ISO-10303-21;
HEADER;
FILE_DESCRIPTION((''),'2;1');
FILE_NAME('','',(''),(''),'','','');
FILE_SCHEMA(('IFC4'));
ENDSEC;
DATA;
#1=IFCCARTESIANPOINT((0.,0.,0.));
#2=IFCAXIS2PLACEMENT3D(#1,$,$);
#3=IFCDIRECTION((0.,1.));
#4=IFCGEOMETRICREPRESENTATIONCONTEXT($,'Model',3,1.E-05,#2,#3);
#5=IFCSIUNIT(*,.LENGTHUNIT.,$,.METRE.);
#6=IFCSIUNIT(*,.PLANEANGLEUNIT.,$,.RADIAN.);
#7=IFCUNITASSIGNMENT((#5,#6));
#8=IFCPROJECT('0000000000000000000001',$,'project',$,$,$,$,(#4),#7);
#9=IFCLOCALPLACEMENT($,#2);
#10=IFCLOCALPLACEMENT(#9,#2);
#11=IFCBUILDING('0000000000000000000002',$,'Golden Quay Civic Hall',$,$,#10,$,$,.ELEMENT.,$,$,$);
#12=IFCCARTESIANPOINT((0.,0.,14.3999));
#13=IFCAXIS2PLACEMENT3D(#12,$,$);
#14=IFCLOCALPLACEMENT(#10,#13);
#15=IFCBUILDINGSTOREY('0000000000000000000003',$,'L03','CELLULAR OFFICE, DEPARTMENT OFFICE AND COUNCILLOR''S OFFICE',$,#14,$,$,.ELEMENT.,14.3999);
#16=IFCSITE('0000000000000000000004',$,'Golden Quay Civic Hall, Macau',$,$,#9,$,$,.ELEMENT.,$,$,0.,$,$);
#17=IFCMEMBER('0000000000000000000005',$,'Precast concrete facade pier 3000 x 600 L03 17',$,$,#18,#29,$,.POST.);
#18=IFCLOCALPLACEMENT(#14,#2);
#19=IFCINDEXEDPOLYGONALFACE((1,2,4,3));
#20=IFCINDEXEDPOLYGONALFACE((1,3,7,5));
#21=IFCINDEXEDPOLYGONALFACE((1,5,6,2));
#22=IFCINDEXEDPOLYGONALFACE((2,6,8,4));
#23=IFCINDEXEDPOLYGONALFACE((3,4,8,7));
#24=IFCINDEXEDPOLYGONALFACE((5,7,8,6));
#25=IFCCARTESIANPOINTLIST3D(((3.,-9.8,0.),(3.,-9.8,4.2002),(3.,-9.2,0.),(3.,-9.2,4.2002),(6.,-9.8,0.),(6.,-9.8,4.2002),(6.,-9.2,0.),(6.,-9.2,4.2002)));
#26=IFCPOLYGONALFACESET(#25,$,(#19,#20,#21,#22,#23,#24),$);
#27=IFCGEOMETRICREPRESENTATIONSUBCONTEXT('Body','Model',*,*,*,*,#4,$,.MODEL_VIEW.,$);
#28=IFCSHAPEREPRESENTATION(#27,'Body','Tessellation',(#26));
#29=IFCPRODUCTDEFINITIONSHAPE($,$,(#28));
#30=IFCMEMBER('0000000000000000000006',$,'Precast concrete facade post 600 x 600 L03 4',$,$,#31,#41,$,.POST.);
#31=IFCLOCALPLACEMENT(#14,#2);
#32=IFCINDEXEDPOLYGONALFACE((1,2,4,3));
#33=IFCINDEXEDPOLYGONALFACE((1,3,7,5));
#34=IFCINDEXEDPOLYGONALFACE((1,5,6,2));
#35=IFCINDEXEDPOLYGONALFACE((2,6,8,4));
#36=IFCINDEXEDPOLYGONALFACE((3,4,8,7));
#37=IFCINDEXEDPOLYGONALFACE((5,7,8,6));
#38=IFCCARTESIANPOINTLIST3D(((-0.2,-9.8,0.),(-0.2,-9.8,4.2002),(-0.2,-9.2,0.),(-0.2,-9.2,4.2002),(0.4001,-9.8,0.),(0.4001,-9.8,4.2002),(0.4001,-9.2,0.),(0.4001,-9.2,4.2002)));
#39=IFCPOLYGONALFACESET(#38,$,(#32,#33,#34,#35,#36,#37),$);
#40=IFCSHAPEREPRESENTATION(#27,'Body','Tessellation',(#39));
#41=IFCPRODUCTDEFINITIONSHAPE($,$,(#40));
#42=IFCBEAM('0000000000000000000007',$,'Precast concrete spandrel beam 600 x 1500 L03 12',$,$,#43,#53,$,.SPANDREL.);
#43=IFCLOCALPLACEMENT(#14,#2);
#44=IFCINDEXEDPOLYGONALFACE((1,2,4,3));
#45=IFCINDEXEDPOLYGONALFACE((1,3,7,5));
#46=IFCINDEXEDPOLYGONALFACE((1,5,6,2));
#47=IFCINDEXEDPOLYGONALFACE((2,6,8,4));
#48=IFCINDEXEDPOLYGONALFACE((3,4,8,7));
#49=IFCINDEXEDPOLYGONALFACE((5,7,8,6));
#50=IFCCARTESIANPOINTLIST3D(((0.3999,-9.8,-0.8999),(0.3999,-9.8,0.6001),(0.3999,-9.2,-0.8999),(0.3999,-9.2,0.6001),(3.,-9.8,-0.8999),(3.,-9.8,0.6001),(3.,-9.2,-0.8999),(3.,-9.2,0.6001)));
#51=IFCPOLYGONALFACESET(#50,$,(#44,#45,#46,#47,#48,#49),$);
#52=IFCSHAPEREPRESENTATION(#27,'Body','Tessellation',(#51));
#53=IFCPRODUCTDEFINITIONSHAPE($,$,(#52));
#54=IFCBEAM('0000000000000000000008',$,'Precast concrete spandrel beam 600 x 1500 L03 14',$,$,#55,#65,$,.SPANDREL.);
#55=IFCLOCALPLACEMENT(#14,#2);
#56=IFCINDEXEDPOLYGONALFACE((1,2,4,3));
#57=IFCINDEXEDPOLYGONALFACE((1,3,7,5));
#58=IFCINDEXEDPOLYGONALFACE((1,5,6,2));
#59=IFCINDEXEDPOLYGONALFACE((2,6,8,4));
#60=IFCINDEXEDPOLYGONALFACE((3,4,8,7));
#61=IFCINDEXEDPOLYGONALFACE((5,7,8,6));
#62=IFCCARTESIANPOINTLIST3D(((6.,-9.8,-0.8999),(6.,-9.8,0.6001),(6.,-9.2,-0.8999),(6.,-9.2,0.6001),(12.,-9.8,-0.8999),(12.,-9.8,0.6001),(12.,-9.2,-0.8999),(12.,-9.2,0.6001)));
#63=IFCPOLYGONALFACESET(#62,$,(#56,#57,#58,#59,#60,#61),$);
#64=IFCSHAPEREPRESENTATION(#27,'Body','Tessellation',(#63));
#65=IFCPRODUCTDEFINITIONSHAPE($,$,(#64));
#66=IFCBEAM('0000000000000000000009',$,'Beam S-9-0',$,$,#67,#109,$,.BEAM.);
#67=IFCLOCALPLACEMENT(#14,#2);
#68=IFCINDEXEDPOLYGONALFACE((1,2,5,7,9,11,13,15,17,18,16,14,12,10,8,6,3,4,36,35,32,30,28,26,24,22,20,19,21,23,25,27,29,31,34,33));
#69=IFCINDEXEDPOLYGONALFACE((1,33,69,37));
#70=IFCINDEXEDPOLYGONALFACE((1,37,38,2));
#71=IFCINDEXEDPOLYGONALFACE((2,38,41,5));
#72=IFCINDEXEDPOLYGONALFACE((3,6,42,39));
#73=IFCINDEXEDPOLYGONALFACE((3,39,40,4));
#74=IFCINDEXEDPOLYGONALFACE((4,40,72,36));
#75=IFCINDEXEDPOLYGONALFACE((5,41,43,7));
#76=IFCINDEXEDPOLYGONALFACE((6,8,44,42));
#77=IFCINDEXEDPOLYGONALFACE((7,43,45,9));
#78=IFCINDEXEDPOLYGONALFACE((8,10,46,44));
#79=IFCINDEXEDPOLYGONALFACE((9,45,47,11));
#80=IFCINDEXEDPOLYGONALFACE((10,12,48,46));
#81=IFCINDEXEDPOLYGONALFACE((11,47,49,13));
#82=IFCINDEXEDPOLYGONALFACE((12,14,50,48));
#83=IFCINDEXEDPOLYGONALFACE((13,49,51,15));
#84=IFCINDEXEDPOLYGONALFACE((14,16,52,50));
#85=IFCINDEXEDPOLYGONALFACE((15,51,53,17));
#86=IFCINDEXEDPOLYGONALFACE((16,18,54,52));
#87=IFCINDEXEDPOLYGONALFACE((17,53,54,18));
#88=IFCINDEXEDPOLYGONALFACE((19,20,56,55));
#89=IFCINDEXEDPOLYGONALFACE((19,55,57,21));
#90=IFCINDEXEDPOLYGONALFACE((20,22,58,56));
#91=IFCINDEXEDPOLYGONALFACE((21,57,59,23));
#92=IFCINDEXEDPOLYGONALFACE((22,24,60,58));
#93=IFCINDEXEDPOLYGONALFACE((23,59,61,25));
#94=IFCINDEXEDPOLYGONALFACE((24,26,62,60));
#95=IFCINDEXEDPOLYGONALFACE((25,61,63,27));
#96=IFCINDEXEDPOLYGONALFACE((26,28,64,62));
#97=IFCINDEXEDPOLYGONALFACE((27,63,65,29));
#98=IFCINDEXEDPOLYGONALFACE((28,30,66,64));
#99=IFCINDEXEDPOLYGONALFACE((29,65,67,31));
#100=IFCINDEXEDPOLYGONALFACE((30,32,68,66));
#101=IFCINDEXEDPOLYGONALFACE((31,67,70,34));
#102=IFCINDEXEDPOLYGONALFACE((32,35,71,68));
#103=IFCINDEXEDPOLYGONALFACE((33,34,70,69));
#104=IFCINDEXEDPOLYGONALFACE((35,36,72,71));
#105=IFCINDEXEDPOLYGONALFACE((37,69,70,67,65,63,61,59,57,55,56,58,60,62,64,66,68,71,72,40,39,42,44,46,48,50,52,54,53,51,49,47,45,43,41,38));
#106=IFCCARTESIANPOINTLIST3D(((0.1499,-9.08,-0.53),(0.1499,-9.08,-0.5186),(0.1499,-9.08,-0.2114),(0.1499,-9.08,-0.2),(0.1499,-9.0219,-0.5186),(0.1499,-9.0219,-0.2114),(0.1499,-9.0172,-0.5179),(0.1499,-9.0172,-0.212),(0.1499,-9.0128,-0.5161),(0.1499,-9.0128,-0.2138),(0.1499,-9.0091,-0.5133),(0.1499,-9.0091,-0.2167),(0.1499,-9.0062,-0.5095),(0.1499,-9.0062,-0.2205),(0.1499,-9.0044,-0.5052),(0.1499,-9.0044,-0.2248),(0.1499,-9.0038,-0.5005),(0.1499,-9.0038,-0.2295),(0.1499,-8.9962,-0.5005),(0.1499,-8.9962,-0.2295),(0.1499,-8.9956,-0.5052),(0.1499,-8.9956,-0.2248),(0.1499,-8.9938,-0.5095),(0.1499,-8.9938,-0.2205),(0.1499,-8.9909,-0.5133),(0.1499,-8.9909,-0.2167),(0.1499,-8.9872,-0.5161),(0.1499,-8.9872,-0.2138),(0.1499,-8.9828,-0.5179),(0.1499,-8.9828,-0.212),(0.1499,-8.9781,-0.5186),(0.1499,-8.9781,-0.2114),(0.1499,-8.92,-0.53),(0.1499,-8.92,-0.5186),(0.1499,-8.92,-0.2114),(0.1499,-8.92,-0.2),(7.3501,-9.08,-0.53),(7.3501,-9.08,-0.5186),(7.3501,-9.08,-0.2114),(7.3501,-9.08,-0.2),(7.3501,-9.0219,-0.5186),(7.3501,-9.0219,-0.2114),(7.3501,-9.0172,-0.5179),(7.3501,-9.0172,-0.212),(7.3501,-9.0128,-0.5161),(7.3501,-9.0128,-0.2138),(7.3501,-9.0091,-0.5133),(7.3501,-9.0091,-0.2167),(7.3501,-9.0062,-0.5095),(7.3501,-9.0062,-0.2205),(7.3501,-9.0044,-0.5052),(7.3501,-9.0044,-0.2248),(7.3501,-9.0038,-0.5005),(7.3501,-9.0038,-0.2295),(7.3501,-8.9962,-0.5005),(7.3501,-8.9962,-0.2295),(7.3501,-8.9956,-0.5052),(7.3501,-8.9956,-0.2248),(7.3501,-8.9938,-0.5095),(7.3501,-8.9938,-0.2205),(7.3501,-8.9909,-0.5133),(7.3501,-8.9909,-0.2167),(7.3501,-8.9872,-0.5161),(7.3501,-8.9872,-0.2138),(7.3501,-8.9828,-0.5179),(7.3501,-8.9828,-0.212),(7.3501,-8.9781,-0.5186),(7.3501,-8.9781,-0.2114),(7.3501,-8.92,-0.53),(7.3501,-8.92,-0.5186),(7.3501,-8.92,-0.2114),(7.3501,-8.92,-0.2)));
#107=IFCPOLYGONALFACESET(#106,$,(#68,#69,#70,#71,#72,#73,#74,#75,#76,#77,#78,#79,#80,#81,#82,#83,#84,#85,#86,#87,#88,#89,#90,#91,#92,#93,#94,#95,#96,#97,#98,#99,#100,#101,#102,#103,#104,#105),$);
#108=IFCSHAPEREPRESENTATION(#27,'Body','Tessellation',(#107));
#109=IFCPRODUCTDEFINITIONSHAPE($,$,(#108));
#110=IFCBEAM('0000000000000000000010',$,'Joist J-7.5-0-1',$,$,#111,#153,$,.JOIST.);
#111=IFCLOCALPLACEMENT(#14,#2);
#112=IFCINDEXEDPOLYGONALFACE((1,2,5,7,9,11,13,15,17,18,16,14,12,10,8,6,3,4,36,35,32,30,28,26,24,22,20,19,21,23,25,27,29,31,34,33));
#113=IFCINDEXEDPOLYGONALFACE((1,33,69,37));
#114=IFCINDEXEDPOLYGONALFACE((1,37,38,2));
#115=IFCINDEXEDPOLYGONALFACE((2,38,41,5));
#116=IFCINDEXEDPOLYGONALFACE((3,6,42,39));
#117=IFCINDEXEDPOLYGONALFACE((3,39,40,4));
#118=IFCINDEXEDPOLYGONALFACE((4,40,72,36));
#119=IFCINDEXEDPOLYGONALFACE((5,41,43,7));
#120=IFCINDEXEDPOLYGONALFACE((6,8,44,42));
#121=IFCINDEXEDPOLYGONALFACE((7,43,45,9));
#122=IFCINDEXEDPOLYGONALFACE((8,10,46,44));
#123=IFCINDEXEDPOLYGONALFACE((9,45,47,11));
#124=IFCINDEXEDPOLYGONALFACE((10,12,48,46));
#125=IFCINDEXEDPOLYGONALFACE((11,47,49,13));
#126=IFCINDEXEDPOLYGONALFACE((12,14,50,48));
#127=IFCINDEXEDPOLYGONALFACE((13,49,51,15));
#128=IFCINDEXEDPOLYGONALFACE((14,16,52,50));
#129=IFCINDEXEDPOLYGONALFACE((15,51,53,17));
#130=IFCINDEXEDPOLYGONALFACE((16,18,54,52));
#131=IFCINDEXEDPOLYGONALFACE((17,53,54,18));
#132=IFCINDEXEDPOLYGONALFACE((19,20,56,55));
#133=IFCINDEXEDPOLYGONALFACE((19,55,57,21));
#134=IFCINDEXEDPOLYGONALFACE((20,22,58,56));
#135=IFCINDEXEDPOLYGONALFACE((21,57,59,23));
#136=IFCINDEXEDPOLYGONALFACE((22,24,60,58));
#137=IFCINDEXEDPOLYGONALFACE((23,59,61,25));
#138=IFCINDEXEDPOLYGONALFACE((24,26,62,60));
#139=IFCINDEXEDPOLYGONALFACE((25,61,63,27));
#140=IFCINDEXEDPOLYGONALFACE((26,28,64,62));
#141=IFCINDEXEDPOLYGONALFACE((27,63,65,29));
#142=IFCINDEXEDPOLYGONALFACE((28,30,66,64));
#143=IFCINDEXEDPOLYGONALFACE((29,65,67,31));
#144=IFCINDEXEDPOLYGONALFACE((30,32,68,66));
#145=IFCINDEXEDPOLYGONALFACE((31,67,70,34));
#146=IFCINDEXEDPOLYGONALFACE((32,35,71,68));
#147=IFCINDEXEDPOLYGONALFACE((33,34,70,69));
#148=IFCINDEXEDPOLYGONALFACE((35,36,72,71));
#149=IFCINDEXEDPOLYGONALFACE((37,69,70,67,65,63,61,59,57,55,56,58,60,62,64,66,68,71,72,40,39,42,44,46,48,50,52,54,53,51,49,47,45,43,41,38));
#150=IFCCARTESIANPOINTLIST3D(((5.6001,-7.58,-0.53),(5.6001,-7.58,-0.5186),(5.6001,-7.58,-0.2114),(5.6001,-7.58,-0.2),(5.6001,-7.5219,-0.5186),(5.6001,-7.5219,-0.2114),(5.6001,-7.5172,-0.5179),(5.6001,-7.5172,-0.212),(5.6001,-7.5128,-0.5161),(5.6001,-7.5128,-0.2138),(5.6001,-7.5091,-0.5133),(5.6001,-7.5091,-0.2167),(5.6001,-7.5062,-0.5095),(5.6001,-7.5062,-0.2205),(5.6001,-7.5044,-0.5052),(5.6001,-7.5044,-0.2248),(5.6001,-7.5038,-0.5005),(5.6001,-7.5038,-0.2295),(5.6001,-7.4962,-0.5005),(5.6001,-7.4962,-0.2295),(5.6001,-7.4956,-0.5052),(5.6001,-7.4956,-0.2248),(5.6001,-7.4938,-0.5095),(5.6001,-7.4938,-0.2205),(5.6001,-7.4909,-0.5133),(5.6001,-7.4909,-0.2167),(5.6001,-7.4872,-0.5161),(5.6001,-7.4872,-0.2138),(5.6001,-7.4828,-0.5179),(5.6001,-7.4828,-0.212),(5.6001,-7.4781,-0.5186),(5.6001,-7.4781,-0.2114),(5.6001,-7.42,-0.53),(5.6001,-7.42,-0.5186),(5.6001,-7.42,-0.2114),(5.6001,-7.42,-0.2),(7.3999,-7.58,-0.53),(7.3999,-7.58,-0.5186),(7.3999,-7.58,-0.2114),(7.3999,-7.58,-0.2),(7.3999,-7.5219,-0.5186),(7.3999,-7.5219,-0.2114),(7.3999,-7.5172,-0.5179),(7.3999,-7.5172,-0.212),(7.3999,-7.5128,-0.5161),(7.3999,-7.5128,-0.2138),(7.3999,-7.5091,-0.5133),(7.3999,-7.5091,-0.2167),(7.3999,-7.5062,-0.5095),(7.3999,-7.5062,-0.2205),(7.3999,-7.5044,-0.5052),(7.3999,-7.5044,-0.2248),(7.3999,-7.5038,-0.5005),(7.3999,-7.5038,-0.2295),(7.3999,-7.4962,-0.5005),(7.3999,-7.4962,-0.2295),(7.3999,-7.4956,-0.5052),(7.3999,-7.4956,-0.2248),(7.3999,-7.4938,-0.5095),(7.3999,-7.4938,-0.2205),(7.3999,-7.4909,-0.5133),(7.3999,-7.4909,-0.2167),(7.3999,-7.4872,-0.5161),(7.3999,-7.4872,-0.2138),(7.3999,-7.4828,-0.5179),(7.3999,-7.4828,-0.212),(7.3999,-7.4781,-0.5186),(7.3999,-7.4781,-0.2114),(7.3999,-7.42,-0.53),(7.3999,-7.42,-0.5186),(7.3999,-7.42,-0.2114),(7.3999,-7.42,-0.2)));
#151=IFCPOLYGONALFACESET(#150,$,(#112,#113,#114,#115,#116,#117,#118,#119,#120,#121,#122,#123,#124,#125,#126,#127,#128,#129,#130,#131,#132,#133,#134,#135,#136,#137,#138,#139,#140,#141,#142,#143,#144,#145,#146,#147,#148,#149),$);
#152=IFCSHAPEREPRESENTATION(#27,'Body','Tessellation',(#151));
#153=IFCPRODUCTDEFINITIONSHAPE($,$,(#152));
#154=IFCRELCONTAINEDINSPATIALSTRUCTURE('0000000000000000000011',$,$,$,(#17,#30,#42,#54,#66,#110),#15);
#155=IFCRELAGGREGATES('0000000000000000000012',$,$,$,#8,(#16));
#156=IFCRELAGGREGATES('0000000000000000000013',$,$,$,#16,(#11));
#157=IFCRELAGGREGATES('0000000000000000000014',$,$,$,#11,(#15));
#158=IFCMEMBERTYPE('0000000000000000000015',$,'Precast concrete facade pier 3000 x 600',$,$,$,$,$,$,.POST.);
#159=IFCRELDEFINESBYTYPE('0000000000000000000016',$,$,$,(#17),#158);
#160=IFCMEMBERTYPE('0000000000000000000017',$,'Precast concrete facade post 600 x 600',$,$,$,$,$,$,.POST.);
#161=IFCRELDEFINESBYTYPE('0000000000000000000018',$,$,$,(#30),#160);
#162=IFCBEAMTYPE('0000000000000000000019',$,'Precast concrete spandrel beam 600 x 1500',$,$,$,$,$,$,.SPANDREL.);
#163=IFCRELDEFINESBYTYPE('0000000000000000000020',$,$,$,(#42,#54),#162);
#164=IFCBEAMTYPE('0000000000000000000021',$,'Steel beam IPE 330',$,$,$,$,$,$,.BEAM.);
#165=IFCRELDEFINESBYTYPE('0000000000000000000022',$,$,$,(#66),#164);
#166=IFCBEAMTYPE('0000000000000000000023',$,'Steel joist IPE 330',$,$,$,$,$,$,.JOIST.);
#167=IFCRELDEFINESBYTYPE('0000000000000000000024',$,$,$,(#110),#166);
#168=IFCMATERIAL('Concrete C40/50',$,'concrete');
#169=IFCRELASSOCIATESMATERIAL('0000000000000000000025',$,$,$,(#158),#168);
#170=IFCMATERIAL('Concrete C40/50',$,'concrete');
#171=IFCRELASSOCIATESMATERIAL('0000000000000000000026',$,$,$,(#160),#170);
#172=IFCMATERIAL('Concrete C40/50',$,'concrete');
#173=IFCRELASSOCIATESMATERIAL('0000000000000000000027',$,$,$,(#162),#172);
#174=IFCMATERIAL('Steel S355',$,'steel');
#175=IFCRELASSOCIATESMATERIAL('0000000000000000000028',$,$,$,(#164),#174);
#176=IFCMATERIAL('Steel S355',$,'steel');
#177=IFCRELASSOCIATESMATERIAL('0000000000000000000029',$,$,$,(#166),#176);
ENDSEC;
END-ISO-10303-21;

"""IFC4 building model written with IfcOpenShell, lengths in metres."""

from ifc_helpers import new_model, si_unit, direction, frame, origin, origin_2d, place, context, subcontext, project, spatial, rectangle, i_section, extrude, material, material_profile, profile_set, type_object, element, save


model = new_model("IFC4")

# Units and contexts
model_context = context("Model", 3, precision=1e-05, world=origin(), true_north=direction((0.0, 1.0)))
body_context = subcontext(model_context, "Body", "Model", "MODEL_VIEW")
ifc_project = project(units=[si_unit("LENGTHUNIT", "METRE"), si_unit("PLANEANGLEUNIT", "RADIAN")], contexts=[model_context])

# Site, building, storey
site_placement = place(None, origin())
site = spatial("IfcSite", under=ifc_project, at=site_placement, Name="Golden Quay Civic Hall, Macau", CompositionType="ELEMENT", RefElevation=0.0)
building_placement = place(site_placement, origin())
building = spatial("IfcBuilding", under=site, at=building_placement, Name="Golden Quay Civic Hall", CompositionType="ELEMENT")
storey_placement = place(building_placement, frame((0.0, 0.0, 14.3999)))
storey = spatial("IfcBuildingStorey", under=building, at=storey_placement, Name="L03", Description="CELLULAR OFFICE, DEPARTMENT OFFICE AND COUNCILLOR'S OFFICE", CompositionType="ELEMENT", Elevation=14.3999)

# Members
ifc_material_1 = material(Name="Concrete C40/50", Category="concrete")
ifc_material_profile_1 = material_profile(ifc_material_1, rectangle(XDim=3.0, YDim=0.6001, at=origin_2d()), Name="RC 3000x600")
ifc_profile_set_1 = profile_set([ifc_material_profile_1], Name="Concrete C40/50")
member_type_1 = type_object("IfcMemberType", Name="Precast concrete facade pier 3000 x 600", PredefinedType="POST", material=ifc_profile_set_1)
member_1_placement = place(storey_placement, frame((4.5, -9.5, 0.0), z_axis=(0.0, 0.0, 1.0), x_axis=(1.0, 0.0, 0.0)))
element("IfcMember", 1, at=member_1_placement, inside=storey, type_object=member_type_1, Name="Precast concrete facade pier 3000 x 600 L03 17", PredefinedType="POST", context=body_context, shape_type="SweptSolid", body=[
    extrude(rectangle(XDim=3.0, YDim=0.6001, at=origin_2d()), origin(), (0.0, 0.0, 1.0), 4.2002),
])
ifc_material_2 = material(Name="Concrete C40/50", Category="concrete")
ifc_material_profile_2 = material_profile(ifc_material_2, rectangle(XDim=0.6001, YDim=0.6001, at=origin_2d()), Name="RC 600x600")
ifc_profile_set_2 = profile_set([ifc_material_profile_2], Name="Concrete C40/50")
member_type_2 = type_object("IfcMemberType", Name="Precast concrete facade post 600 x 600", PredefinedType="POST", material=ifc_profile_set_2)
member_2_placement = place(storey_placement, frame((0.1001, -9.5, 0.0), z_axis=(0.0, 0.0, 1.0), x_axis=(1.0, 0.0, 0.0)))
element("IfcMember", 2, at=member_2_placement, inside=storey, type_object=member_type_2, Name="Precast concrete facade post 600 x 600 L03 4", PredefinedType="POST", context=body_context, shape_type="SweptSolid", body=[
    extrude(rectangle(XDim=0.6001, YDim=0.6001, at=origin_2d()), origin(), (0.0, 0.0, 1.0), 4.2002),
])

# Beams
ifc_material_3 = material(Name="Concrete C40/50", Category="concrete")
ifc_material_profile_3 = material_profile(ifc_material_3, rectangle(XDim=0.6001, YDim=1.5, at=origin_2d()), Name="RC 600x1500")
ifc_profile_set_3 = profile_set([ifc_material_profile_3], Name="Concrete C40/50")
beam_type_1 = type_object("IfcBeamType", Name="Precast concrete spandrel beam 600 x 1500", PredefinedType="SPANDREL", material=ifc_profile_set_3)
beam_1_placement = place(storey_placement, frame((0.3999, -9.5, -0.1499), z_axis=(1.0, 0.0, 0.0), x_axis=(0.0, 1.0, 0.0)))
element("IfcBeam", 3, at=beam_1_placement, inside=storey, type_object=beam_type_1, Name="Precast concrete spandrel beam 600 x 1500 L03 12", PredefinedType="SPANDREL", context=body_context, shape_type="SweptSolid", body=[
    extrude(rectangle(XDim=0.6001, YDim=1.5, at=origin_2d()), origin(), (0.0, 0.0, 1.0), 2.6001),
])
beam_2_placement = place(storey_placement, frame((6.0, -9.5, -0.1499), z_axis=(1.0, 0.0, 0.0), x_axis=(0.0, 1.0, 0.0)))
element("IfcBeam", 4, at=beam_2_placement, inside=storey, type_object=beam_type_1, Name="Precast concrete spandrel beam 600 x 1500 L03 14", PredefinedType="SPANDREL", context=body_context, shape_type="SweptSolid", body=[
    extrude(rectangle(XDim=0.6001, YDim=1.5, at=origin_2d()), origin(), (0.0, 0.0, 1.0), 6.0),
])
ifc_material_4 = material(Name="Steel S355", Category="steel")
ifc_material_profile_4 = material_profile(ifc_material_4, i_section(OverallWidth=0.1599, OverallDepth=0.3301, WebThickness=0.0076, FlangeThickness=0.0115, FilletRadius=0.0181, at=origin_2d()), Name="IPE 330")
ifc_profile_set_4 = profile_set([ifc_material_profile_4], Name="Steel S355")
beam_type_2 = type_object("IfcBeamType", Name="Steel beam IPE 330", PredefinedType="BEAM", material=ifc_profile_set_4)
beam_3_placement = place(storey_placement, frame((0.1499, -9.0, -0.365), z_axis=(1.0, 0.0, 0.0), x_axis=(0.0, 1.0, 0.0)))
element("IfcBeam", 5, at=beam_3_placement, inside=storey, type_object=beam_type_2, Name="Beam S-9-0", PredefinedType="BEAM", context=body_context, shape_type="SweptSolid", body=[
    extrude(i_section(OverallWidth=0.1599, OverallDepth=0.3301, WebThickness=0.0076, FlangeThickness=0.0115, FilletRadius=0.0181, at=origin_2d()), origin(), (0.0, 0.0, 1.0), 7.2002),
])
ifc_material_5 = material(Name="Steel S355", Category="steel")
ifc_material_profile_5 = material_profile(ifc_material_5, i_section(OverallWidth=0.1599, OverallDepth=0.3301, WebThickness=0.0076, FlangeThickness=0.0115, FilletRadius=0.0181, at=origin_2d()), Name="IPE 330")
ifc_profile_set_5 = profile_set([ifc_material_profile_5], Name="Steel S355")
beam_type_3 = type_object("IfcBeamType", Name="Steel joist IPE 330", PredefinedType="JOIST", material=ifc_profile_set_5)
beam_4_placement = place(storey_placement, frame((5.6001, -7.5, -0.365), z_axis=(1.0, 0.0, 0.0), x_axis=(0.0, 1.0, 0.0)))
element("IfcBeam", 6, at=beam_4_placement, inside=storey, type_object=beam_type_3, Name="Joist J-7.5-0-1", PredefinedType="JOIST", context=body_context, shape_type="SweptSolid", body=[
    extrude(i_section(OverallWidth=0.1599, OverallDepth=0.3301, WebThickness=0.0076, FlangeThickness=0.0115, FilletRadius=0.0181, at=origin_2d()), origin(), (0.0, 0.0, 1.0), 1.7998),
])

save(model, "model.ifc")
